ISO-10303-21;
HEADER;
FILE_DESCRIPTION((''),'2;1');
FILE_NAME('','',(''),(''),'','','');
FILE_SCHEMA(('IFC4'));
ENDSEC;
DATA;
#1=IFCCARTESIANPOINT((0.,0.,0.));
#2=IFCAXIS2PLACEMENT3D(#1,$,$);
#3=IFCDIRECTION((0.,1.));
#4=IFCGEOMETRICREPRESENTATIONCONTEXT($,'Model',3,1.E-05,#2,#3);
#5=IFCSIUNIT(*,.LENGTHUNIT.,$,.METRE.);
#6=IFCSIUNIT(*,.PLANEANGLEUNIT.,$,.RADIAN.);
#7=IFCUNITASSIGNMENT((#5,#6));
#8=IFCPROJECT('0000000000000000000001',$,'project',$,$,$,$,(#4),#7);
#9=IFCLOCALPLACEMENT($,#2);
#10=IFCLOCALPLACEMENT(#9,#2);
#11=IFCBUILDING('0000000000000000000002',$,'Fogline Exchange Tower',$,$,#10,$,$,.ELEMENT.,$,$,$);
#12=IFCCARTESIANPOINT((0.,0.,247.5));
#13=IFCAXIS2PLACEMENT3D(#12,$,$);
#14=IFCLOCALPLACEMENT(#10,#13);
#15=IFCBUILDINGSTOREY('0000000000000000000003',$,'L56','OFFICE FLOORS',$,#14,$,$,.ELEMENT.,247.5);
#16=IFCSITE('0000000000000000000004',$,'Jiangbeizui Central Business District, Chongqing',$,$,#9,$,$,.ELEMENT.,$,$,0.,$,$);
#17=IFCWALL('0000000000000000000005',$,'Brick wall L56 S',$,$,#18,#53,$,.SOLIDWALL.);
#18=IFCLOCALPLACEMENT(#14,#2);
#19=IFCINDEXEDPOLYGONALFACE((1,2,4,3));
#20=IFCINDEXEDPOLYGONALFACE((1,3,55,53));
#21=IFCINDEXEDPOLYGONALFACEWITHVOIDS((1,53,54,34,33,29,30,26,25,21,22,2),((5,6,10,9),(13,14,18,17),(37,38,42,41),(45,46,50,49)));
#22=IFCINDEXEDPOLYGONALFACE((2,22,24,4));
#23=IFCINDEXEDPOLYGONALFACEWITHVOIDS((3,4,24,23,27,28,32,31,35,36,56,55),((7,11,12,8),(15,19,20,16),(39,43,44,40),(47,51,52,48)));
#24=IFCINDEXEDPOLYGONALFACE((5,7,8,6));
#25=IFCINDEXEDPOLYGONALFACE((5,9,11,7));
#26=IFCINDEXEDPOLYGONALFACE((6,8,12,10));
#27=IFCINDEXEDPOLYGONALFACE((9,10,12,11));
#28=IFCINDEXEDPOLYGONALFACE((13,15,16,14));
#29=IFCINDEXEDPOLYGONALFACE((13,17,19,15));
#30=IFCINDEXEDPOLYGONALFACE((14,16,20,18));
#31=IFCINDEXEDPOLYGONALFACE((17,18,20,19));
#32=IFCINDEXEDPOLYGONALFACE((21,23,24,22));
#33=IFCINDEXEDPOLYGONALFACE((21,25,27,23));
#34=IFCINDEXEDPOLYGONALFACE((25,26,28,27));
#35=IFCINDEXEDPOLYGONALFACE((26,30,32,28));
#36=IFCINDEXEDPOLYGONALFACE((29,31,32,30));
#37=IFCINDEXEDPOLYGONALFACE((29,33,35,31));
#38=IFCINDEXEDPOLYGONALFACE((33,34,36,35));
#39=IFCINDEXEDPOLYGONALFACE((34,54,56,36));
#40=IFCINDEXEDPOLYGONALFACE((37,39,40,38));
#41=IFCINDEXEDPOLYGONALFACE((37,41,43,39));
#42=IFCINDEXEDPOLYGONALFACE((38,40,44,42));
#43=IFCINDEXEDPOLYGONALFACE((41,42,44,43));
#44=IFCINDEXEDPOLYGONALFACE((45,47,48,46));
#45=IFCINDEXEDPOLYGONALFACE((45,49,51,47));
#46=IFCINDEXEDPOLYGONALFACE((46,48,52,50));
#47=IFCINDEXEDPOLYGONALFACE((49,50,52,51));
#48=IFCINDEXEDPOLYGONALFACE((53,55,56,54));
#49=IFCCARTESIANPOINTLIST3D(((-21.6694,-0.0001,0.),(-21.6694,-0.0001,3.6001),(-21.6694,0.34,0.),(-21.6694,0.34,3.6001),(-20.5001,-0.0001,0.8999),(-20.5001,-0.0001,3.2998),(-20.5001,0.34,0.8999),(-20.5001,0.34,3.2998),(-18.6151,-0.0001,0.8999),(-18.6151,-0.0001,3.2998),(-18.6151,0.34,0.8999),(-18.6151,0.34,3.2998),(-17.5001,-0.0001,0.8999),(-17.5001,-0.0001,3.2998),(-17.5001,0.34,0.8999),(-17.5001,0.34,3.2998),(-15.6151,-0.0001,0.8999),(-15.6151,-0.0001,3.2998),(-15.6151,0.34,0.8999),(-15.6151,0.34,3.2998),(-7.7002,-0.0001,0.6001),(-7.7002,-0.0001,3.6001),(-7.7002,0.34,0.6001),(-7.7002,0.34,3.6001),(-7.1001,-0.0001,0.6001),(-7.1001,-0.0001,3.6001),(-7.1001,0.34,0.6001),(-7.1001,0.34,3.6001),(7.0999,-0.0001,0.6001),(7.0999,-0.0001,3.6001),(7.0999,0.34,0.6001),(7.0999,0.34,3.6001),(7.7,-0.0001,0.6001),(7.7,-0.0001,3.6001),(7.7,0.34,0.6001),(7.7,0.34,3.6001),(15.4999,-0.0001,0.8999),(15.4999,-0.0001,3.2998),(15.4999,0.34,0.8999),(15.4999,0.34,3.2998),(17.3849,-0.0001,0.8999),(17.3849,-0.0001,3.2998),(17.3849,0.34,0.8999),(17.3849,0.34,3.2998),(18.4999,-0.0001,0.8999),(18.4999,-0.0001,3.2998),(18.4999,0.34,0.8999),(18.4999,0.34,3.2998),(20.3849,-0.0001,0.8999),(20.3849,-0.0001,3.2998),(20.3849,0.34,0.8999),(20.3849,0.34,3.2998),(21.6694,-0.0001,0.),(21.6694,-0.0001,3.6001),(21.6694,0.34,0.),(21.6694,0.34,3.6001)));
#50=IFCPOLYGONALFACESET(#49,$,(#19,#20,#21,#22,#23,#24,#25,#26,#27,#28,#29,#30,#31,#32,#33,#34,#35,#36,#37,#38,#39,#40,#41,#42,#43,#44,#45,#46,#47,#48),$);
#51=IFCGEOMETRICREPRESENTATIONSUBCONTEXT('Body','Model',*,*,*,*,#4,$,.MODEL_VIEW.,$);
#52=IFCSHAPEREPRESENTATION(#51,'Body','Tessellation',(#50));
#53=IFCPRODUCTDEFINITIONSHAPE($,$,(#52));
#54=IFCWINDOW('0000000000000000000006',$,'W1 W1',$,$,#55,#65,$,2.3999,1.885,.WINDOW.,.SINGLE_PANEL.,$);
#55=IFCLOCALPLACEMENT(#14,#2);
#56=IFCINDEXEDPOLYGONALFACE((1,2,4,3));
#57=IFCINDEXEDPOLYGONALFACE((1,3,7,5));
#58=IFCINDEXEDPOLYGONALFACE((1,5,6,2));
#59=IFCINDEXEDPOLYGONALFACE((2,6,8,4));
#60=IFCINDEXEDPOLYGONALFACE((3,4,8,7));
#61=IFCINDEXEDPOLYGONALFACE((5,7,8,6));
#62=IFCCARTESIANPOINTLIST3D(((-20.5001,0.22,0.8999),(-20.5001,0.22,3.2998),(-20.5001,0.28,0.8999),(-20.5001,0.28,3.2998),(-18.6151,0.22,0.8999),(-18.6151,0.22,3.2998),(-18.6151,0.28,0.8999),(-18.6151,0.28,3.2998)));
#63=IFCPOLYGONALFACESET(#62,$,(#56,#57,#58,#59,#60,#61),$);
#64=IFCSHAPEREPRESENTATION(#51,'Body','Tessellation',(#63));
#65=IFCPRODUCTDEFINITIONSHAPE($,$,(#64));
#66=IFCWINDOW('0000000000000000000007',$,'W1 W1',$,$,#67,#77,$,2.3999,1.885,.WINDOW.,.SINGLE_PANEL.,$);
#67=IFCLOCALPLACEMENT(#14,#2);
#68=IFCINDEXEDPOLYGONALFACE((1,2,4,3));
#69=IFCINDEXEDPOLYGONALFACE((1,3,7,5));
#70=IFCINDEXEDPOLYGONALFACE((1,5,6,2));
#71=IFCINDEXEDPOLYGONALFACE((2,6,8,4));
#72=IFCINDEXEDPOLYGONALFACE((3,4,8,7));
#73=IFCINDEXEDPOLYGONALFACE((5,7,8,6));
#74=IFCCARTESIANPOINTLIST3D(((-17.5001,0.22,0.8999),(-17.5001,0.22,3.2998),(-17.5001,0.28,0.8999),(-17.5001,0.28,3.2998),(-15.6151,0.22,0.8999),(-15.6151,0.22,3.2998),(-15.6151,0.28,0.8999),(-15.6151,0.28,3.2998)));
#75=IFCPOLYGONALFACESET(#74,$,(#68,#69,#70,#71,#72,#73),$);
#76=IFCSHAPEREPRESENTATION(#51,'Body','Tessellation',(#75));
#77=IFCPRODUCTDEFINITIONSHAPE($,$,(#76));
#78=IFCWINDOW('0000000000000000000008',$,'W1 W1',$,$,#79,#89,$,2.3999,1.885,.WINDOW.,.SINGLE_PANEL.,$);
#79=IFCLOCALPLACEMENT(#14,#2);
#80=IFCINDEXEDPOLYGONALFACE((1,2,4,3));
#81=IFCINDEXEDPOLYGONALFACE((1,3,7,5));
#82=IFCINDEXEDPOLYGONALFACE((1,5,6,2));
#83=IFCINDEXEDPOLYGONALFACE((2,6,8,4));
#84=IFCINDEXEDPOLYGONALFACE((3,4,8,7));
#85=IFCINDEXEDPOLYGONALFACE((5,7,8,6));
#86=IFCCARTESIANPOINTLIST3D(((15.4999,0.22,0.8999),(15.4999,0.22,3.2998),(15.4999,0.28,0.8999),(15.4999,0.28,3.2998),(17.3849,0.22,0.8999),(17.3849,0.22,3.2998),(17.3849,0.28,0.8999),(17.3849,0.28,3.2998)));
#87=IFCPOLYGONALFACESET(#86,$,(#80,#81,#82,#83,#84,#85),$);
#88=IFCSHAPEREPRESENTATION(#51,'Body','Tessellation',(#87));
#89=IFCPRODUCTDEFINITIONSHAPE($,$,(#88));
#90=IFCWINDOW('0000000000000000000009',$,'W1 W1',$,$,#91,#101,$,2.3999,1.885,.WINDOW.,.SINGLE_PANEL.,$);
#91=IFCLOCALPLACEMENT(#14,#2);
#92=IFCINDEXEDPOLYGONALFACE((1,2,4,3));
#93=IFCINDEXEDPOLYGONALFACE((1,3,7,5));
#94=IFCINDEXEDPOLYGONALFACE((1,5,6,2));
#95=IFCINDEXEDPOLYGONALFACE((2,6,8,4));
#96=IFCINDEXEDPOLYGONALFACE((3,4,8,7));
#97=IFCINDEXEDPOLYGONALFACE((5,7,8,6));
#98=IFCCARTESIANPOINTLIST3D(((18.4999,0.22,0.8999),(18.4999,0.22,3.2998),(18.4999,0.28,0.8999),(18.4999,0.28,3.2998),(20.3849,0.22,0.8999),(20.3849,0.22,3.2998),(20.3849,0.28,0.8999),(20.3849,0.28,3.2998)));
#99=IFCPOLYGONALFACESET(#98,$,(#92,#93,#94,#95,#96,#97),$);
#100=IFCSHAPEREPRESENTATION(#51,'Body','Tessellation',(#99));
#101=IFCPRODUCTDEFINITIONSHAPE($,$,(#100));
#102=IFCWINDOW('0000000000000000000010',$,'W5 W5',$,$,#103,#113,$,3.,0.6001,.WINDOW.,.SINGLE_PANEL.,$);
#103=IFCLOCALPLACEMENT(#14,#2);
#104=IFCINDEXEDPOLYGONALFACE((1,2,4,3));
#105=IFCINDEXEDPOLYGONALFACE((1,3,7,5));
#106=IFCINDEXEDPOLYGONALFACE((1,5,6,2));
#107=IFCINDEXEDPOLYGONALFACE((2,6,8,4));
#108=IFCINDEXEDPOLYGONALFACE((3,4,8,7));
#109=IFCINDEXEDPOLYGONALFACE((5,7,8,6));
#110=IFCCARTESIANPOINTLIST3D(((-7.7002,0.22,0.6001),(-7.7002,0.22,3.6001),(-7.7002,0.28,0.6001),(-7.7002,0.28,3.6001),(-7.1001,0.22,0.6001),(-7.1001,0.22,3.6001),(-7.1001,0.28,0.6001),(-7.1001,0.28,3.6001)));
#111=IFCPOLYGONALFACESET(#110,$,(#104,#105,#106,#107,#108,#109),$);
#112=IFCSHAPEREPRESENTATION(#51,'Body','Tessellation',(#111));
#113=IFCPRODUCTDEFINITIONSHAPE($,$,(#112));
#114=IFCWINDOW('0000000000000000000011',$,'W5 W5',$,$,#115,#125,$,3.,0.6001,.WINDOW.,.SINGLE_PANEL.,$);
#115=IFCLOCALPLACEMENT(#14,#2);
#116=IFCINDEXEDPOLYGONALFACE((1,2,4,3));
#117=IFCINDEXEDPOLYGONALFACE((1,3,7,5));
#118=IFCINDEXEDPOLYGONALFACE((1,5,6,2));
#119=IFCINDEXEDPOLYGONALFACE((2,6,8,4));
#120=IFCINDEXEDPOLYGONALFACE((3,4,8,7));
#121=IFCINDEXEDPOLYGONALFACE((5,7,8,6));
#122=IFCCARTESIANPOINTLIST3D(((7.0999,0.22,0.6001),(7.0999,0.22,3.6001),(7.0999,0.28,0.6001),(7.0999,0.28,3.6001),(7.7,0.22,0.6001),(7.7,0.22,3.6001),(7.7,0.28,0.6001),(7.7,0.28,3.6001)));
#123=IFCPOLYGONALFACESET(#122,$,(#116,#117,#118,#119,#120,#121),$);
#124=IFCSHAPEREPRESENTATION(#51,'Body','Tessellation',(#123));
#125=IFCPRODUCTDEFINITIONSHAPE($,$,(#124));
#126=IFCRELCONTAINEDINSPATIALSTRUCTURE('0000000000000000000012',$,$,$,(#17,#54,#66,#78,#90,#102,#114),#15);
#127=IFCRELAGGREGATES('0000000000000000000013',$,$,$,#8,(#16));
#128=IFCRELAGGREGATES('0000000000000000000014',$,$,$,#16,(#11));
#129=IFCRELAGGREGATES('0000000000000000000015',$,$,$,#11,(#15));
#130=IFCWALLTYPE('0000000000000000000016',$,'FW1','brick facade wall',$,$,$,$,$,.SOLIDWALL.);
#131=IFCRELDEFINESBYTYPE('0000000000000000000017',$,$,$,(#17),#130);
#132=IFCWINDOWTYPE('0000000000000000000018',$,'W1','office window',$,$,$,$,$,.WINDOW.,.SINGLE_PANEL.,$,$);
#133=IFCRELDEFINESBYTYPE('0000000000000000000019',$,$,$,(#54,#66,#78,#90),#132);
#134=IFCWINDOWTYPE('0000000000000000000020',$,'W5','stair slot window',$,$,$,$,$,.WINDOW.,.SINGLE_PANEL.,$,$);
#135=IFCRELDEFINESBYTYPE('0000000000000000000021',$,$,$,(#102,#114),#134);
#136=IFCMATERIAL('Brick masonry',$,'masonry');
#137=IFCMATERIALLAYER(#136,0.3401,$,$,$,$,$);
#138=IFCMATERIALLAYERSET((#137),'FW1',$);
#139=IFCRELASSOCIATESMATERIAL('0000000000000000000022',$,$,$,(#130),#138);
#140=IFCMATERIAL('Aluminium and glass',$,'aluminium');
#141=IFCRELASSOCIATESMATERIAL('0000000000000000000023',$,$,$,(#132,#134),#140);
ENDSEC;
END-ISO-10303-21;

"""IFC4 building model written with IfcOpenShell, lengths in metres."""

from ifc_helpers import new_model, si_unit, direction, frame, frame_2d, origin, place, context, subcontext, project, spatial, rectangle, extrude, material, layer, layer_set, type_object, element, fill, save


model = new_model("IFC4")

# Units and contexts
model_context = context("Model", 3, precision=1e-05, world=origin(), true_north=direction((0.0, 1.0)))
body_context = subcontext(model_context, "Body", "Model", "MODEL_VIEW")
ifc_project = project(units=[si_unit("LENGTHUNIT", "METRE"), si_unit("PLANEANGLEUNIT", "RADIAN")], contexts=[model_context])

# Site, building, storey
site_placement = place(None, origin())
site = spatial("IfcSite", under=ifc_project, at=site_placement, Name="Jiangbeizui Central Business District, Chongqing", CompositionType="ELEMENT", RefElevation=0.0)
building_placement = place(site_placement, origin())
building = spatial("IfcBuilding", under=site, at=building_placement, Name="Fogline Exchange Tower", CompositionType="ELEMENT")
storey_placement = place(building_placement, frame((0.0, 0.0, 247.5)))
storey = spatial("IfcBuildingStorey", under=building, at=storey_placement, Name="L56", Description="OFFICE FLOORS", CompositionType="ELEMENT", Elevation=247.5)

# Shared definitions
ifc_material_1 = material(Name="Brick masonry", Category="masonry")
ifc_layer = layer(ifc_material_1, 0.3401)
ifc_layer_set = layer_set([ifc_layer], Name="FW1")
wall_type = type_object("IfcWallType", Name="FW1", Description="brick facade wall", PredefinedType="SOLIDWALL", material=ifc_layer_set)
ifc_material_2 = material(Name="Aluminium and glass", Category="aluminium")

# Wall, openings, windows
wall_1_placement = place(storey_placement, frame((-21.6694, 0.1699, 0.0), z_axis=(0.0, 0.0, 1.0), x_axis=(1.0, 0.0, 0.0)))
wall_1 = element("IfcWall", 1, at=wall_1_placement, inside=storey, type_object=wall_type, Name="Brick wall L56 S", PredefinedType="SOLIDWALL", context=body_context, shape_type="SweptSolid", body=[
    extrude(rectangle(XDim=43.3389, YDim=0.3401, at=frame_2d((21.6694, 0.0))), origin(), (0.0, 0.0, 1.0), 3.6001),
])
opening_1_placement = place(wall_1_placement, frame((1.1694, 0.0, 0.8999)))
opening_1 = element("IfcOpeningElement", 2, at=opening_1_placement, cuts=wall_1, PredefinedType="OPENING", context=body_context, shape_type="SweptSolid", body=[
    extrude(rectangle(XDim=1.885, YDim=2.3999, at=frame_2d((0.9424, 1.2))), frame((0.0, 0.1802, 0.0), z_axis=(0.0, -1.0, 0.0), x_axis=(1.0, 0.0, 0.0)), (0.0, 0.0, 1.0), 0.3601),
])
opening_2_placement = place(wall_1_placement, frame((4.1694, 0.0, 0.8999)))
opening_2 = element("IfcOpeningElement", 3, at=opening_2_placement, cuts=wall_1, PredefinedType="OPENING", context=body_context, shape_type="SweptSolid", body=[
    extrude(rectangle(XDim=1.885, YDim=2.3999, at=frame_2d((0.9424, 1.2))), frame((0.0, 0.1802, 0.0), z_axis=(0.0, -1.0, 0.0), x_axis=(1.0, 0.0, 0.0)), (0.0, 0.0, 1.0), 0.3601),
])
opening_3_placement = place(wall_1_placement, frame((37.1694, 0.0, 0.8999)))
opening_3 = element("IfcOpeningElement", 4, at=opening_3_placement, cuts=wall_1, PredefinedType="OPENING", context=body_context, shape_type="SweptSolid", body=[
    extrude(rectangle(XDim=1.885, YDim=2.3999, at=frame_2d((0.9424, 1.2))), frame((0.0, 0.1802, 0.0), z_axis=(0.0, -1.0, 0.0), x_axis=(1.0, 0.0, 0.0)), (0.0, 0.0, 1.0), 0.3601),
])
opening_4_placement = place(wall_1_placement, frame((40.1694, 0.0, 0.8999)))
opening_4 = element("IfcOpeningElement", 5, at=opening_4_placement, cuts=wall_1, PredefinedType="OPENING", context=body_context, shape_type="SweptSolid", body=[
    extrude(rectangle(XDim=1.885, YDim=2.3999, at=frame_2d((0.9424, 1.2))), frame((0.0, 0.1802, 0.0), z_axis=(0.0, -1.0, 0.0), x_axis=(1.0, 0.0, 0.0)), (0.0, 0.0, 1.0), 0.3601),
])
opening_5_placement = place(wall_1_placement, frame((13.9692, 0.0, 0.6001)))
opening_5 = element("IfcOpeningElement", 6, at=opening_5_placement, cuts=wall_1, PredefinedType="OPENING", context=body_context, shape_type="SweptSolid", body=[
    extrude(rectangle(XDim=0.6001, YDim=3.0, at=frame_2d((0.3, 1.5))), frame((0.0, 0.1802, 0.0), z_axis=(0.0, -1.0, 0.0), x_axis=(1.0, 0.0, 0.0)), (0.0, 0.0, 1.0), 0.3601),
])
opening_6_placement = place(wall_1_placement, frame((28.7693, 0.0, 0.6001)))
opening_6 = element("IfcOpeningElement", 7, at=opening_6_placement, cuts=wall_1, PredefinedType="OPENING", context=body_context, shape_type="SweptSolid", body=[
    extrude(rectangle(XDim=0.6001, YDim=3.0, at=frame_2d((0.3, 1.5))), frame((0.0, 0.1802, 0.0), z_axis=(0.0, -1.0, 0.0), x_axis=(1.0, 0.0, 0.0)), (0.0, 0.0, 1.0), 0.3601),
])
window_type_1 = type_object("IfcWindowType", Name="W1", Description="office window", PartitioningType="SINGLE_PANEL", PredefinedType="WINDOW", material=ifc_material_2)
window_1_placement = place(opening_1_placement, origin())
window_1 = element("IfcWindow", 8, at=window_1_placement, inside=storey, type_object=window_type_1, Name="W1 W1", OverallHeight=2.3999, OverallWidth=1.885, PartitioningType="SINGLE_PANEL", PredefinedType="WINDOW", context=body_context, shape_type="SweptSolid", body=[
    extrude(rectangle(XDim=1.885, YDim=2.3999, at=frame_2d((0.9424, 1.2))), frame((0.0, 0.1101, 0.0), z_axis=(0.0, -1.0, 0.0), x_axis=(1.0, 0.0, 0.0)), (0.0, 0.0, 1.0), 0.0601),
])
fill(opening_1, window_1)
window_2_placement = place(opening_2_placement, origin())
window_2 = element("IfcWindow", 9, at=window_2_placement, inside=storey, type_object=window_type_1, Name="W1 W1", OverallHeight=2.3999, OverallWidth=1.885, PartitioningType="SINGLE_PANEL", PredefinedType="WINDOW", context=body_context, shape_type="SweptSolid", body=[
    extrude(rectangle(XDim=1.885, YDim=2.3999, at=frame_2d((0.9424, 1.2))), frame((0.0, 0.1101, 0.0), z_axis=(0.0, -1.0, 0.0), x_axis=(1.0, 0.0, 0.0)), (0.0, 0.0, 1.0), 0.0601),
])
fill(opening_2, window_2)
window_3_placement = place(opening_3_placement, origin())
window_3 = element("IfcWindow", 10, at=window_3_placement, inside=storey, type_object=window_type_1, Name="W1 W1", OverallHeight=2.3999, OverallWidth=1.885, PartitioningType="SINGLE_PANEL", PredefinedType="WINDOW", context=body_context, shape_type="SweptSolid", body=[
    extrude(rectangle(XDim=1.885, YDim=2.3999, at=frame_2d((0.9424, 1.2))), frame((0.0, 0.1101, 0.0), z_axis=(0.0, -1.0, 0.0), x_axis=(1.0, 0.0, 0.0)), (0.0, 0.0, 1.0), 0.0601),
])
fill(opening_3, window_3)
window_4_placement = place(opening_4_placement, origin())
window_4 = element("IfcWindow", 11, at=window_4_placement, inside=storey, type_object=window_type_1, Name="W1 W1", OverallHeight=2.3999, OverallWidth=1.885, PartitioningType="SINGLE_PANEL", PredefinedType="WINDOW", context=body_context, shape_type="SweptSolid", body=[
    extrude(rectangle(XDim=1.885, YDim=2.3999, at=frame_2d((0.9424, 1.2))), frame((0.0, 0.1101, 0.0), z_axis=(0.0, -1.0, 0.0), x_axis=(1.0, 0.0, 0.0)), (0.0, 0.0, 1.0), 0.0601),
])
fill(opening_4, window_4)
window_type_2 = type_object("IfcWindowType", Name="W5", Description="stair slot window", PartitioningType="SINGLE_PANEL", PredefinedType="WINDOW", material=ifc_material_2)
window_5_placement = place(opening_5_placement, origin())
window_5 = element("IfcWindow", 12, at=window_5_placement, inside=storey, type_object=window_type_2, Name="W5 W5", OverallHeight=3.0, OverallWidth=0.6001, PartitioningType="SINGLE_PANEL", PredefinedType="WINDOW", context=body_context, shape_type="SweptSolid", body=[
    extrude(rectangle(XDim=0.6001, YDim=3.0, at=frame_2d((0.3, 1.5))), frame((0.0, 0.1101, 0.0), z_axis=(0.0, -1.0, 0.0), x_axis=(1.0, 0.0, 0.0)), (0.0, 0.0, 1.0), 0.0601),
])
fill(opening_5, window_5)
window_6_placement = place(opening_6_placement, origin())
window_6 = element("IfcWindow", 13, at=window_6_placement, inside=storey, type_object=window_type_2, Name="W5 W5", OverallHeight=3.0, OverallWidth=0.6001, PartitioningType="SINGLE_PANEL", PredefinedType="WINDOW", context=body_context, shape_type="SweptSolid", body=[
    extrude(rectangle(XDim=0.6001, YDim=3.0, at=frame_2d((0.3, 1.5))), frame((0.0, 0.1101, 0.0), z_axis=(0.0, -1.0, 0.0), x_axis=(1.0, 0.0, 0.0)), (0.0, 0.0, 1.0), 0.0601),
])
fill(opening_6, window_6)

save(model, "model.ifc")
